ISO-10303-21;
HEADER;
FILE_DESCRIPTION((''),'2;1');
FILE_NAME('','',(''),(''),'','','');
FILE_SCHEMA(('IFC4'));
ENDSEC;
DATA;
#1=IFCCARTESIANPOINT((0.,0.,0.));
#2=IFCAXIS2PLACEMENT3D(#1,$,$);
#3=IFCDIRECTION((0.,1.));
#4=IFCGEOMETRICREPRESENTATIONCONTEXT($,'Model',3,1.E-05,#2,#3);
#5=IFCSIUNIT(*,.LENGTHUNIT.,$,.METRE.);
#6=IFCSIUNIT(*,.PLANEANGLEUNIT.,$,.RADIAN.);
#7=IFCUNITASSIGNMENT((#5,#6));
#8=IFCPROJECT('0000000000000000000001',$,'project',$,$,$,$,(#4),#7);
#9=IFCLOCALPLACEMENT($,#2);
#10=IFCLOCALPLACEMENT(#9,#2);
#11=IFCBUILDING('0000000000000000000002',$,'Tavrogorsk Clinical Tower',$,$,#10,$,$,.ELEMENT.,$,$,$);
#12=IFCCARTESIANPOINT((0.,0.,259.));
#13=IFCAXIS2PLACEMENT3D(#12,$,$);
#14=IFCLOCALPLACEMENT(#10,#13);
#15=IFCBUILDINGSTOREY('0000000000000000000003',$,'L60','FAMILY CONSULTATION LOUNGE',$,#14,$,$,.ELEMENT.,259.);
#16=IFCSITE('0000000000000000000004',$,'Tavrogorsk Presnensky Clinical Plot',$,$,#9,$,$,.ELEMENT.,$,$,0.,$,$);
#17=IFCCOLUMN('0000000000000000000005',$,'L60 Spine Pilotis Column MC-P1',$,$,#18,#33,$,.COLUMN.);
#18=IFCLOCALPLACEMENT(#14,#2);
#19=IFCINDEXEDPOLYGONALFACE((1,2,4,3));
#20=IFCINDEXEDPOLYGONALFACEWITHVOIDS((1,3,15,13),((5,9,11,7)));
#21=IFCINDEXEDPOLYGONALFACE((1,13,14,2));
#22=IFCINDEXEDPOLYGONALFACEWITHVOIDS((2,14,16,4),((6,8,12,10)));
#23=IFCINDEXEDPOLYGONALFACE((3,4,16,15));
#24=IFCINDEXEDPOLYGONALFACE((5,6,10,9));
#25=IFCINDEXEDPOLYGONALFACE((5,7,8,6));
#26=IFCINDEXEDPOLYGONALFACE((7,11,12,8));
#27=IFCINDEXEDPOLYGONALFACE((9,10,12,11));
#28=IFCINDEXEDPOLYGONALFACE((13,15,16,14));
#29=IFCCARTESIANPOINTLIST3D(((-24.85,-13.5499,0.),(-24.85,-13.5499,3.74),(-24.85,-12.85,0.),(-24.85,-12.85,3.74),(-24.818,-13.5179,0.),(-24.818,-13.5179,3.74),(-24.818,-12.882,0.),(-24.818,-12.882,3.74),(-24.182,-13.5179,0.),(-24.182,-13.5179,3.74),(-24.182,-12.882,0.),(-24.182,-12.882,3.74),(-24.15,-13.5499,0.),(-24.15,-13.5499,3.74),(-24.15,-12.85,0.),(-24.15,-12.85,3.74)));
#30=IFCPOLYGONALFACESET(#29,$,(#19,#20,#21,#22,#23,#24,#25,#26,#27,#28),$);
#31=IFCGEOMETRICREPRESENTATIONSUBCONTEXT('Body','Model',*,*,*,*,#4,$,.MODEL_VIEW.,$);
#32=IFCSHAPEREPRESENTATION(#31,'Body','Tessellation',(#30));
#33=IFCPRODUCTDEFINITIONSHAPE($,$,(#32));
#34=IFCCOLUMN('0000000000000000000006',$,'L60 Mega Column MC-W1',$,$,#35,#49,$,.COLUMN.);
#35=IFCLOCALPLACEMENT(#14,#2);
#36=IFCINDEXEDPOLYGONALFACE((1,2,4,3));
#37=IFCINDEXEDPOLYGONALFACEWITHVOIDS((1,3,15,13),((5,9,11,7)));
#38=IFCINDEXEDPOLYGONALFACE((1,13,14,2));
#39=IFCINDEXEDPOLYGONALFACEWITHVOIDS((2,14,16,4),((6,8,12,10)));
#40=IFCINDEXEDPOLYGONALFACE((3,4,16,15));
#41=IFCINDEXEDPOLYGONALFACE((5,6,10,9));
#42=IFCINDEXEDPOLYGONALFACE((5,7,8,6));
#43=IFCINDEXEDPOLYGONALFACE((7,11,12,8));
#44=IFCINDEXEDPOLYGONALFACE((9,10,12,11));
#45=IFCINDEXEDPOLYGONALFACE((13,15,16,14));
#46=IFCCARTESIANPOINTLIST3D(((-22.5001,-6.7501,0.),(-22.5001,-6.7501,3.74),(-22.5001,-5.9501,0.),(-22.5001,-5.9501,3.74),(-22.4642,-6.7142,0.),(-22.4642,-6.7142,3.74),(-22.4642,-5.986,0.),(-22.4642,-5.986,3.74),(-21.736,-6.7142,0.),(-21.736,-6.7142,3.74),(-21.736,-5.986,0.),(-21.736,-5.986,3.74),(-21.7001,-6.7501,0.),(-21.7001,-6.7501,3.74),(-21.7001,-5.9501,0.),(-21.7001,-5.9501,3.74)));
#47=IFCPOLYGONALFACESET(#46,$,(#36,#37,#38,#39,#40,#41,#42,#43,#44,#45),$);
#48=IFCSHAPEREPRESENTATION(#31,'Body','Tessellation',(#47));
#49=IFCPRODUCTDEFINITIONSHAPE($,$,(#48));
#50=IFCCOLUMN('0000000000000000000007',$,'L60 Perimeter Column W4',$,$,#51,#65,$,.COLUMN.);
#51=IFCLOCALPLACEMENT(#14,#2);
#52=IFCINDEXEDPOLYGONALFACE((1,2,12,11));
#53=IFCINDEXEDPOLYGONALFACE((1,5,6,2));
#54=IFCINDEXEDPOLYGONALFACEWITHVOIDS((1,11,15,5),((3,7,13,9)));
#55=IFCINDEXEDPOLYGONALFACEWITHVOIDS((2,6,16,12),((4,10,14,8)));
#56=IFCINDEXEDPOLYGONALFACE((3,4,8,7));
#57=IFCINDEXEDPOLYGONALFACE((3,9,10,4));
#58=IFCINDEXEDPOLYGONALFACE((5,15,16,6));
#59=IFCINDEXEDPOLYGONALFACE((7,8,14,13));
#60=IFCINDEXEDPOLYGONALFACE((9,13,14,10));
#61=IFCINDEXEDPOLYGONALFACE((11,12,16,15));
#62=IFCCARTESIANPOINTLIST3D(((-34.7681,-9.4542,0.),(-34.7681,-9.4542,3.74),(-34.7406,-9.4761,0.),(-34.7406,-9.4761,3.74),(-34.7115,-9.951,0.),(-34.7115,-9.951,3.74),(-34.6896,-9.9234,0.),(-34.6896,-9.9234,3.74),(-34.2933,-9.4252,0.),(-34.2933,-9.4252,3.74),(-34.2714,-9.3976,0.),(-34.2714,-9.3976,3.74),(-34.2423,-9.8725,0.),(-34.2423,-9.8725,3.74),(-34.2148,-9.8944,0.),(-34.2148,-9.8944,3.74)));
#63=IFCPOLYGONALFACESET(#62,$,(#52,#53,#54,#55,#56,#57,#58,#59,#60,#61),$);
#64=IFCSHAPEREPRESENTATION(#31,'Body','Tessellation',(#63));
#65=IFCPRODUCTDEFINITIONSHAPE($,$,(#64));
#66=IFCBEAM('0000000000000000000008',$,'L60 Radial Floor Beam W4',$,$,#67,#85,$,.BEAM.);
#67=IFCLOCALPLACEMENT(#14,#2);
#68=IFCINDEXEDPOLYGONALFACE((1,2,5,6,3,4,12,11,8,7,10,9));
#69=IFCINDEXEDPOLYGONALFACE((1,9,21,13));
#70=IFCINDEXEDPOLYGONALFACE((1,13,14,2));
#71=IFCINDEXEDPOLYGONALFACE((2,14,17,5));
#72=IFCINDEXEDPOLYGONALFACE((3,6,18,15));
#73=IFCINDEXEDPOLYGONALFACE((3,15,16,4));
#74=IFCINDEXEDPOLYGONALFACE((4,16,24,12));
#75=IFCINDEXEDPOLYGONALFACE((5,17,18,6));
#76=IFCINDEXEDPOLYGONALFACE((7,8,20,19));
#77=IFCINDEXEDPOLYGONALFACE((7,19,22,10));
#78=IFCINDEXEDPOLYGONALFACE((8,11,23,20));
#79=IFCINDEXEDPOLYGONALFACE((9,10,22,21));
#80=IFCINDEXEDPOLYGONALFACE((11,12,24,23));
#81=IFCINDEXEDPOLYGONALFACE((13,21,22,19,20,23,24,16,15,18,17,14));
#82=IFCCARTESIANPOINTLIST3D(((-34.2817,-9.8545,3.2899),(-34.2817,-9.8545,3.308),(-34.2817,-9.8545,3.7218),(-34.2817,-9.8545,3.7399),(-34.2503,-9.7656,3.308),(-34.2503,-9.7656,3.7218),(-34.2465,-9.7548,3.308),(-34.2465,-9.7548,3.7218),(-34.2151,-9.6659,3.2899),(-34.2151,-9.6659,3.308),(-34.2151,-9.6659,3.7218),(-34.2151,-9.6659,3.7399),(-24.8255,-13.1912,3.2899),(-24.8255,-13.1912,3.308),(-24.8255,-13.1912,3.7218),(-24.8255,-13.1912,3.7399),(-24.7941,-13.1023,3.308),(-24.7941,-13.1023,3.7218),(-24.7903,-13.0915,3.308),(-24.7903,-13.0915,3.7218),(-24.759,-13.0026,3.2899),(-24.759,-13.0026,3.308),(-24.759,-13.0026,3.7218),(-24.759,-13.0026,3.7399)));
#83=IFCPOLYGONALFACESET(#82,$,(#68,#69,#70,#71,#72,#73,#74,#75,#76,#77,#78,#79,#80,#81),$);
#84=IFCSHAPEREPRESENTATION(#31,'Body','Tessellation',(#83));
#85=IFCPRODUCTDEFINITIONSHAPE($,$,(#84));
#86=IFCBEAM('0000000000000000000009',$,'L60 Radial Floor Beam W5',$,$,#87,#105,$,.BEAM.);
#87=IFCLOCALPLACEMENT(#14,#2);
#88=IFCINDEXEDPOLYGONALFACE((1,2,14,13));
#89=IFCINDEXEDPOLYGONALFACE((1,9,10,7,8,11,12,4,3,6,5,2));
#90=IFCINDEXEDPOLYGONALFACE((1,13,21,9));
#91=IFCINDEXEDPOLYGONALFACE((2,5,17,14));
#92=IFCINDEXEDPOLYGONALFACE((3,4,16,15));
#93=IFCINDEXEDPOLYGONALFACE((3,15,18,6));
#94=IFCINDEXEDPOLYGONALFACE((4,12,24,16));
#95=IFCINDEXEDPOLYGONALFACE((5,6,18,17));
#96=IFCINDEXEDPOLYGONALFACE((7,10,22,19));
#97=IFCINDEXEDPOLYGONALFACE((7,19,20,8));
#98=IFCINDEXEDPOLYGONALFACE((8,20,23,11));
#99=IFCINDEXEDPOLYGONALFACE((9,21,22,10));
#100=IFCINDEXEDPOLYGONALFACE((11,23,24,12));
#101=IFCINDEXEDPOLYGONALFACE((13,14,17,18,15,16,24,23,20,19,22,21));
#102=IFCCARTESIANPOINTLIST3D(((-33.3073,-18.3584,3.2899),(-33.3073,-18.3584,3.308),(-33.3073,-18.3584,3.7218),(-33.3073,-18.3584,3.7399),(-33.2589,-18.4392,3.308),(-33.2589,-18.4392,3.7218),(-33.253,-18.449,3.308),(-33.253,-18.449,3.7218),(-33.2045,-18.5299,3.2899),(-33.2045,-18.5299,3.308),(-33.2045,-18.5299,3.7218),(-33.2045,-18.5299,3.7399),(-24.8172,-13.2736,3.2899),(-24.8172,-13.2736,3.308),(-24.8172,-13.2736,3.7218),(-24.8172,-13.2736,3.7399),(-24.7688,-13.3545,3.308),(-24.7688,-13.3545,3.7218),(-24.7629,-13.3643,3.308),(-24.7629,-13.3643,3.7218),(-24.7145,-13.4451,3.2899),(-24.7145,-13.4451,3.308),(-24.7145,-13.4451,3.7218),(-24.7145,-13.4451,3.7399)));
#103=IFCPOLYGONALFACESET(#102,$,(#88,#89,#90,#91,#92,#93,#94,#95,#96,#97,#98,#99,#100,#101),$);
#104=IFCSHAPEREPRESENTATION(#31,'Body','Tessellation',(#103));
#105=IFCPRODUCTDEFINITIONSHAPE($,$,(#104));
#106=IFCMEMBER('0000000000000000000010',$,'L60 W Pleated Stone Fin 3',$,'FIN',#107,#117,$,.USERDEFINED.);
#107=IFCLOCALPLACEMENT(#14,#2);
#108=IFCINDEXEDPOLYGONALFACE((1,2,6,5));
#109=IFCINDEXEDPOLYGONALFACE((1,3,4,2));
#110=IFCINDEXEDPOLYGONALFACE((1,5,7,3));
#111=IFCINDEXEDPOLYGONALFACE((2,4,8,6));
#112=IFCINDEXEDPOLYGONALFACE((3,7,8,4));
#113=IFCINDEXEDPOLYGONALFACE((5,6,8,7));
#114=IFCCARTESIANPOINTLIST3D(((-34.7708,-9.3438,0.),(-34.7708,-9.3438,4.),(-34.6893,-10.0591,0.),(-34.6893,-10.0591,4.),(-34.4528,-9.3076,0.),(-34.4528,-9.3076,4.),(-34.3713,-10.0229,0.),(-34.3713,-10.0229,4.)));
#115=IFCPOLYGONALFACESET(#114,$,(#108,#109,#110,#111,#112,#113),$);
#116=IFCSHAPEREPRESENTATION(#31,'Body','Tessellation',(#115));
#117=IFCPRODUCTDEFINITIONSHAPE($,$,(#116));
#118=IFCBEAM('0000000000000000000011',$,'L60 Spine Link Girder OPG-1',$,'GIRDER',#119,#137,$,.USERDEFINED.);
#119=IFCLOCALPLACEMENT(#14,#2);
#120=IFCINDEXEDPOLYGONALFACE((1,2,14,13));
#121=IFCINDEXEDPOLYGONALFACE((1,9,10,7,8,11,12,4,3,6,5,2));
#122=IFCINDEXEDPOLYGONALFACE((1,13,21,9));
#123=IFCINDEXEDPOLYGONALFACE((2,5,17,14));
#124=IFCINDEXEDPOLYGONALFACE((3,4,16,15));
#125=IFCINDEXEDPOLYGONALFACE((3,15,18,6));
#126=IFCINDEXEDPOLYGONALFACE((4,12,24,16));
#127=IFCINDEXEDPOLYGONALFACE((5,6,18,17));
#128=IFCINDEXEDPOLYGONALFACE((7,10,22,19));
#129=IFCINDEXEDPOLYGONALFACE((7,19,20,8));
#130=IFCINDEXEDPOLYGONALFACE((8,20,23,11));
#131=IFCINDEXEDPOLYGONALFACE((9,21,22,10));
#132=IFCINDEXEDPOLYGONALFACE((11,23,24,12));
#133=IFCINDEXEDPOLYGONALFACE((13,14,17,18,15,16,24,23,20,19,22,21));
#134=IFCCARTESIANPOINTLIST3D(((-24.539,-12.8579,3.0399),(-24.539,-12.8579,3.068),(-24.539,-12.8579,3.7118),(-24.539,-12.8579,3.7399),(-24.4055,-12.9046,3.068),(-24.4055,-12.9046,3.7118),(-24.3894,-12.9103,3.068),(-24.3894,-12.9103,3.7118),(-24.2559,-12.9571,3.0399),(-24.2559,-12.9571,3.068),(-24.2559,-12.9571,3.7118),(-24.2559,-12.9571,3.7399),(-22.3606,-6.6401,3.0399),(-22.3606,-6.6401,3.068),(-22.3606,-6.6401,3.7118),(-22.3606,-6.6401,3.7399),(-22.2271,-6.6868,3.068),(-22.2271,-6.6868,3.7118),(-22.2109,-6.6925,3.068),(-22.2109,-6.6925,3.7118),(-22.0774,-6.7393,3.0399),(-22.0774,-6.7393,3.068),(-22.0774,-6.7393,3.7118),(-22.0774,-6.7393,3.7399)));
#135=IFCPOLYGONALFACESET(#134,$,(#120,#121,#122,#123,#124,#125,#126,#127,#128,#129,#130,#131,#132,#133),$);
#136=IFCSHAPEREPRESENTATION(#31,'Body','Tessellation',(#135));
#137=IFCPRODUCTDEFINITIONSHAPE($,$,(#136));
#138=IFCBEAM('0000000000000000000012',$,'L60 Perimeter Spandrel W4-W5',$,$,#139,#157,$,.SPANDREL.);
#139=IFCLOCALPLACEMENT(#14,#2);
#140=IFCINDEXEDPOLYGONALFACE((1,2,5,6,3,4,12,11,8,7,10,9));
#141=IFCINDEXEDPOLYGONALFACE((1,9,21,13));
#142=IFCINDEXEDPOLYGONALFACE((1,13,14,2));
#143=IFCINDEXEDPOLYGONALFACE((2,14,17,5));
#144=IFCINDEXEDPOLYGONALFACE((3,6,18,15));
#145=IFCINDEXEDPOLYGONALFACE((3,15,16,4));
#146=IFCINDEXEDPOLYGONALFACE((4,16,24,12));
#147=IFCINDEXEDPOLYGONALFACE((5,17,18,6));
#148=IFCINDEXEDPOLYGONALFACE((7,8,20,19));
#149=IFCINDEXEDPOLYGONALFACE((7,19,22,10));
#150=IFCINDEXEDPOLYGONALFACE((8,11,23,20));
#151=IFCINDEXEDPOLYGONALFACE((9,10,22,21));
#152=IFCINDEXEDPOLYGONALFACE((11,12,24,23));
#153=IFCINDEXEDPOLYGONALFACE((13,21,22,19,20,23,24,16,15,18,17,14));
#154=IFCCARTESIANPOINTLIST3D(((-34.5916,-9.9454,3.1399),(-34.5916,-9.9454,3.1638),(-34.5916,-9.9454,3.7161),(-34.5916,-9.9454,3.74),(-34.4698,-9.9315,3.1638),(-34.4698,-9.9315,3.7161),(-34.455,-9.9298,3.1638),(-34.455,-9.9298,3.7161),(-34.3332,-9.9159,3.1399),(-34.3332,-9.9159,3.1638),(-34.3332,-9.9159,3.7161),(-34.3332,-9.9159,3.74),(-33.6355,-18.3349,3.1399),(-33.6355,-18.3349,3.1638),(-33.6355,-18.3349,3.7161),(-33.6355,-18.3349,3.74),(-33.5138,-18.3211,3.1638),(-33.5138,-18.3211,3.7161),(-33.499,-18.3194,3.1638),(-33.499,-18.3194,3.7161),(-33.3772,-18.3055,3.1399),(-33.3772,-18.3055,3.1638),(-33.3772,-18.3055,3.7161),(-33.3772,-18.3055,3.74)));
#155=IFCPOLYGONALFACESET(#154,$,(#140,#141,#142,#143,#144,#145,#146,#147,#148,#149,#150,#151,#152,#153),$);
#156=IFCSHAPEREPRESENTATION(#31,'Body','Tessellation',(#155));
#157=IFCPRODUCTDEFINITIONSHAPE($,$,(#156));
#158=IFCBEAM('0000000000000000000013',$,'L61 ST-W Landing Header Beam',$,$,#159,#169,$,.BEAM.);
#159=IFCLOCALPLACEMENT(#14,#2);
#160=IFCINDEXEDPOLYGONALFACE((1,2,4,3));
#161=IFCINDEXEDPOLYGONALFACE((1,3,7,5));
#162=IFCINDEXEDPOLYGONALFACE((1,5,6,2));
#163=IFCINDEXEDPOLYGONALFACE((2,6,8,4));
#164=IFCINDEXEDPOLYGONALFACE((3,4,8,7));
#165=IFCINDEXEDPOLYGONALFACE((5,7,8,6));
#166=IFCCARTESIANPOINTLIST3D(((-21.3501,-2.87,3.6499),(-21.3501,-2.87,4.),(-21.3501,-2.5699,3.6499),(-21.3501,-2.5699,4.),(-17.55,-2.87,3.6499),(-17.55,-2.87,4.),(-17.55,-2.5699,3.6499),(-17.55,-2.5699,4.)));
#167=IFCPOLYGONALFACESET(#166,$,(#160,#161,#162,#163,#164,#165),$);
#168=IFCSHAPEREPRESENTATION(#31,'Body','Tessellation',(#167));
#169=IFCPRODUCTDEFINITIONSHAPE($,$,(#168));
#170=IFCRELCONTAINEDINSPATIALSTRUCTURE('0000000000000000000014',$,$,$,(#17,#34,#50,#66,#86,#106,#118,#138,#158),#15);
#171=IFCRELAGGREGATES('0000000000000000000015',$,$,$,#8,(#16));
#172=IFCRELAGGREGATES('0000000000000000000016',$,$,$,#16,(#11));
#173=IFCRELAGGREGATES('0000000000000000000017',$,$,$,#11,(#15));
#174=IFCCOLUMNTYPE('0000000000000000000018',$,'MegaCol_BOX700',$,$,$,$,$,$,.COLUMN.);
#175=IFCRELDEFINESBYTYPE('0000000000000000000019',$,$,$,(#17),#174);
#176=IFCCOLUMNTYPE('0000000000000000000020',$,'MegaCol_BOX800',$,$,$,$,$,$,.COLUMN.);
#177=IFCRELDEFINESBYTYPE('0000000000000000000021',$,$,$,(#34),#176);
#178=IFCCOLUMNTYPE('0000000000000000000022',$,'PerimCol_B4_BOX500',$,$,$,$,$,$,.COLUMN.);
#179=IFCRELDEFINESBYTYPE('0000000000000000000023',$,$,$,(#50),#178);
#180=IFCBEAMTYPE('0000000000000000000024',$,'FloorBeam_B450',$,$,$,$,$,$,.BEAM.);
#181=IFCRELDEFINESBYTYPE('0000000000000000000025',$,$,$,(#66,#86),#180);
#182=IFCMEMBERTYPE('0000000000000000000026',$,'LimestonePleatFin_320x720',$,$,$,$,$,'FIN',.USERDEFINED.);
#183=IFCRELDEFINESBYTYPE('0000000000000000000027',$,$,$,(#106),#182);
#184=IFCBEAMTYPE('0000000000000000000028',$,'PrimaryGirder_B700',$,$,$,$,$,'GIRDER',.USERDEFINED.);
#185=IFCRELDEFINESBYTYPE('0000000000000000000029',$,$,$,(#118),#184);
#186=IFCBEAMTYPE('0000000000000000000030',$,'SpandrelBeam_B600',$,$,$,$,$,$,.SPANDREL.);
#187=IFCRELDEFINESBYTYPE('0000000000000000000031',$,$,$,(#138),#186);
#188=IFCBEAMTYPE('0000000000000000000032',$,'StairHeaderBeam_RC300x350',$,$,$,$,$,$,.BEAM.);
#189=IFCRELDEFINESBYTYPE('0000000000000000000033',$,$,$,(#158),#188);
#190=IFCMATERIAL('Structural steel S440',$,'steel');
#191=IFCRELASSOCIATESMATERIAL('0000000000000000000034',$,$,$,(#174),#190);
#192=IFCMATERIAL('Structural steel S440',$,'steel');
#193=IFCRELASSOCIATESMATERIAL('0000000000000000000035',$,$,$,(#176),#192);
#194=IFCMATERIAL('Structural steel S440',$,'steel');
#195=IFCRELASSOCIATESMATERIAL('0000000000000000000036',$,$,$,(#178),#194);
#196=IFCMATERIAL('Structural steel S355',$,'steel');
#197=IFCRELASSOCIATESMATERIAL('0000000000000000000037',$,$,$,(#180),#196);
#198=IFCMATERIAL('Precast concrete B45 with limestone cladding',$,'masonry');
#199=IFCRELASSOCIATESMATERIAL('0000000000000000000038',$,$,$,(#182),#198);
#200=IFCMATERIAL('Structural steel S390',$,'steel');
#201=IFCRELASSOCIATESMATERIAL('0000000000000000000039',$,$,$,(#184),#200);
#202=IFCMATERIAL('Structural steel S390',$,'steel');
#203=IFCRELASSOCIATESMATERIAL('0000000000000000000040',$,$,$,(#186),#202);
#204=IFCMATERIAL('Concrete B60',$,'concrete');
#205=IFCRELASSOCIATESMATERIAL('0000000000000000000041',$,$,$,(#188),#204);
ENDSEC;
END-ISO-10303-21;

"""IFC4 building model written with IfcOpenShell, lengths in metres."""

from ifc_helpers import new_model, si_unit, direction, frame, origin, origin_2d, place, context, subcontext, project, spatial, rectangle, hollow_rectangle, i_section, extrude, material, material_profile, profile_set, type_object, element, save


model = new_model("IFC4")

# Units and contexts
model_context = context("Model", 3, precision=1e-05, world=origin(), true_north=direction((0.0, 1.0)))
body_context = subcontext(model_context, "Body", "Model", "MODEL_VIEW")
ifc_project = project(units=[si_unit("LENGTHUNIT", "METRE"), si_unit("PLANEANGLEUNIT", "RADIAN")], contexts=[model_context])

# Site, building, storey
site_placement = place(None, origin())
site = spatial("IfcSite", under=ifc_project, at=site_placement, Name="Tavrogorsk Presnensky Clinical Plot", CompositionType="ELEMENT", RefElevation=0.0)
building_placement = place(site_placement, origin())
building = spatial("IfcBuilding", under=site, at=building_placement, Name="Tavrogorsk Clinical Tower", CompositionType="ELEMENT")
storey_placement = place(building_placement, frame((0.0, 0.0, 259.0)))
storey = spatial("IfcBuildingStorey", under=building, at=storey_placement, Name="L60", Description="FAMILY CONSULTATION LOUNGE", CompositionType="ELEMENT", Elevation=259.0)

# Columns
ifc_material_1 = material(Name="Structural steel S440", Category="steel")
ifc_material_profile_1 = material_profile(ifc_material_1, hollow_rectangle(XDim=0.7, YDim=0.7, WallThickness=0.032, at=origin_2d()), Name="BOX-700x700x32")
ifc_profile_set_1 = profile_set([ifc_material_profile_1], Name="Structural steel S440")
column_type_1 = type_object("IfcColumnType", Name="MegaCol_BOX700", PredefinedType="COLUMN", material=ifc_profile_set_1)
column_1_placement = place(storey_placement, frame((-24.5, -13.2, 0.0), z_axis=(0.0, 0.0, 1.0), x_axis=(1.0, 0.0, 0.0)))
element("IfcColumn", 1, at=column_1_placement, inside=storey, type_object=column_type_1, Name="L60 Spine Pilotis Column MC-P1", PredefinedType="COLUMN", context=body_context, shape_type="SweptSolid", body=[
    extrude(hollow_rectangle(XDim=0.7, YDim=0.7, WallThickness=0.032, at=origin_2d()), origin(), (0.0, 0.0, 1.0), 3.74),
])
ifc_material_2 = material(Name="Structural steel S440", Category="steel")
ifc_material_profile_2 = material_profile(ifc_material_2, hollow_rectangle(XDim=0.8, YDim=0.8, WallThickness=0.0359, at=origin_2d()), Name="BOX-800x800x36")
ifc_profile_set_2 = profile_set([ifc_material_profile_2], Name="Structural steel S440")
column_type_2 = type_object("IfcColumnType", Name="MegaCol_BOX800", PredefinedType="COLUMN", material=ifc_profile_set_2)
column_2_placement = place(storey_placement, frame((-22.1001, -6.3501, 0.0), z_axis=(0.0, 0.0, 1.0), x_axis=(1.0, 0.0, 0.0)))
element("IfcColumn", 2, at=column_2_placement, inside=storey, type_object=column_type_2, Name="L60 Mega Column MC-W1", PredefinedType="COLUMN", context=body_context, shape_type="SweptSolid", body=[
    extrude(hollow_rectangle(XDim=0.8, YDim=0.8, WallThickness=0.0359, at=origin_2d()), origin(), (0.0, 0.0, 1.0), 3.74),
])
ifc_material_3 = material(Name="Structural steel S440", Category="steel")
ifc_material_profile_3 = material_profile(ifc_material_3, hollow_rectangle(XDim=0.5, YDim=0.5, WallThickness=0.0249, at=origin_2d()), Name="BOX-500x500x25")
ifc_profile_set_3 = profile_set([ifc_material_profile_3], Name="Structural steel S440")
column_type_3 = type_object("IfcColumnType", Name="PerimCol_B4_BOX500", PredefinedType="COLUMN", material=ifc_profile_set_3)
column_3_placement = place(storey_placement, frame((-34.4915, -9.6743, 0.0), z_axis=(0.0, 0.0, 1.0), x_axis=(0.993572, 0.113203, 0.0)))
element("IfcColumn", 3, at=column_3_placement, inside=storey, type_object=column_type_3, Name="L60 Perimeter Column W4", PredefinedType="COLUMN", context=body_context, shape_type="SweptSolid", body=[
    extrude(hollow_rectangle(XDim=0.5, YDim=0.5, WallThickness=0.0249, at=origin_2d()), origin(), (0.0, 0.0, 1.0), 3.74),
])

# Beams
ifc_material_4 = material(Name="Structural steel S355", Category="steel")
ifc_material_profile_4 = material_profile(ifc_material_4, i_section(OverallWidth=0.2, OverallDepth=0.45, WebThickness=0.0115, FlangeThickness=0.0181, at=origin_2d()), Name="B-450x200x11.5x18")
ifc_profile_set_4 = profile_set([ifc_material_profile_4], Name="Structural steel S355")
beam_type_1 = type_object("IfcBeamType", Name="FloorBeam_B450", PredefinedType="BEAM", material=ifc_profile_set_4)
beam_1_placement = place(storey_placement, frame((-24.7922, -13.0969, 3.5149), z_axis=(-0.943014, 0.332753, 0.0), x_axis=(-0.332753, -0.943014, 0.0)))
element("IfcBeam", 4, at=beam_1_placement, inside=storey, type_object=beam_type_1, Name="L60 Radial Floor Beam W4", PredefinedType="BEAM", context=body_context, shape_type="SweptSolid", body=[
    extrude(i_section(OverallWidth=0.2, OverallDepth=0.45, WebThickness=0.0115, FlangeThickness=0.0181, at=origin_2d()), origin(), (0.0, 0.0, 1.0), 10.0276),
])
beam_2_placement = place(storey_placement, frame((-24.7659, -13.3594, 3.5149), z_axis=(-0.857906, -0.513806, 0.0), x_axis=(0.513806, -0.857906, 0.0)))
element("IfcBeam", 5, at=beam_2_placement, inside=storey, type_object=beam_type_1, Name="L60 Radial Floor Beam W5", PredefinedType="BEAM", context=body_context, shape_type="SweptSolid", body=[
    extrude(i_section(OverallWidth=0.2, OverallDepth=0.45, WebThickness=0.0115, FlangeThickness=0.0181, at=origin_2d()), origin(), (0.0, 0.0, 1.0), 9.8962),
])

# Member
ifc_material_5 = material(Name="Precast concrete B45 with limestone cladding", Category="masonry")
ifc_material_profile_5 = material_profile(ifc_material_5, rectangle(XDim=0.3201, YDim=0.72, at=origin_2d()), Name="LIMESTONE-FIN-320x720")
ifc_profile_set_5 = profile_set([ifc_material_profile_5], Name="Precast concrete B45 with limestone cladding")
member_type = type_object("IfcMemberType", Name="LimestonePleatFin_320x720", ElementType="FIN", PredefinedType="USERDEFINED", material=ifc_profile_set_5)
member_placement = place(storey_placement, frame((-34.571, -9.6833, 0.0), z_axis=(0.0, 0.0, 1.0), x_axis=(0.993572, 0.113203, 0.0)))
element("IfcMember", 6, at=member_placement, inside=storey, type_object=member_type, Name="L60 W Pleated Stone Fin 3", ObjectType="FIN", PredefinedType="USERDEFINED", context=body_context, shape_type="SweptSolid", body=[
    extrude(rectangle(XDim=0.3201, YDim=0.72, at=origin_2d()), origin(), (0.0, 0.0, 1.0), 4.0),
])

# Beams
ifc_material_6 = material(Name="Structural steel S390", Category="steel")
ifc_material_profile_6 = material_profile(ifc_material_6, i_section(OverallWidth=0.3, OverallDepth=0.7, WebThickness=0.0171, FlangeThickness=0.0281, at=origin_2d()), Name="B-700x300x17x28")
ifc_profile_set_6 = profile_set([ifc_material_profile_6], Name="Structural steel S390")
beam_type_2 = type_object("IfcBeamType", Name="PrimaryGirder_B700", ElementType="GIRDER", PredefinedType="USERDEFINED", material=ifc_profile_set_6)
beam_3_placement = place(storey_placement, frame((-24.3975, -12.9075, 3.3899), z_axis=(0.330654, 0.943752, 0.0), x_axis=(-0.943752, 0.330654, 0.0)))
element("IfcBeam", 7, at=beam_3_placement, inside=storey, type_object=beam_type_2, Name="L60 Spine Link Girder OPG-1", ObjectType="GIRDER", PredefinedType="USERDEFINED", context=body_context, shape_type="SweptSolid", body=[
    extrude(i_section(OverallWidth=0.3, OverallDepth=0.7, WebThickness=0.0171, FlangeThickness=0.0281, at=origin_2d()), origin(), (0.0, 0.0, 1.0), 6.5884),
])
ifc_material_7 = material(Name="Structural steel S390", Category="steel")
ifc_material_profile_7 = material_profile(ifc_material_7, i_section(OverallWidth=0.26, OverallDepth=0.6001, WebThickness=0.0149, FlangeThickness=0.0239, at=origin_2d()), Name="B-600x260x15x24")
ifc_profile_set_7 = profile_set([ifc_material_profile_7], Name="Structural steel S390")
beam_type_3 = type_object("IfcBeamType", Name="SpandrelBeam_B600", PredefinedType="SPANDREL", material=ifc_profile_set_7)
beam_4_placement = place(storey_placement, frame((-34.4624, -9.9307, 3.4399), z_axis=(0.113224, -0.99357, 0.0), x_axis=(0.99357, 0.113224, 0.0)))
element("IfcBeam", 8, at=beam_4_placement, inside=storey, type_object=beam_type_3, Name="L60 Perimeter Spandrel W4-W5", PredefinedType="SPANDREL", context=body_context, shape_type="SweptSolid", body=[
    extrude(i_section(OverallWidth=0.26, OverallDepth=0.6001, WebThickness=0.0149, FlangeThickness=0.0239, at=origin_2d()), origin(), (0.0, 0.0, 1.0), 8.4438),
])
ifc_material_8 = material(Name="Concrete B60", Category="concrete")
ifc_material_profile_8 = material_profile(ifc_material_8, rectangle(XDim=0.3, YDim=0.3501, at=origin_2d()), Name="RC-SHB-300x350")
ifc_profile_set_8 = profile_set([ifc_material_profile_8], Name="Concrete B60")
beam_type_4 = type_object("IfcBeamType", Name="StairHeaderBeam_RC300x350", PredefinedType="BEAM", material=ifc_profile_set_8)
beam_5_placement = place(storey_placement, frame((-21.3501, -2.72, 3.825), z_axis=(1.0, 0.0, 0.0), x_axis=(0.0, 1.0, 0.0)))
element("IfcBeam", 9, at=beam_5_placement, inside=storey, type_object=beam_type_4, Name="L61 ST-W Landing Header Beam", PredefinedType="BEAM", context=body_context, shape_type="SweptSolid", body=[
    extrude(rectangle(XDim=0.3, YDim=0.3501, at=origin_2d()), origin(), (0.0, 0.0, 1.0), 3.8),
])

save(model, "model.ifc")
